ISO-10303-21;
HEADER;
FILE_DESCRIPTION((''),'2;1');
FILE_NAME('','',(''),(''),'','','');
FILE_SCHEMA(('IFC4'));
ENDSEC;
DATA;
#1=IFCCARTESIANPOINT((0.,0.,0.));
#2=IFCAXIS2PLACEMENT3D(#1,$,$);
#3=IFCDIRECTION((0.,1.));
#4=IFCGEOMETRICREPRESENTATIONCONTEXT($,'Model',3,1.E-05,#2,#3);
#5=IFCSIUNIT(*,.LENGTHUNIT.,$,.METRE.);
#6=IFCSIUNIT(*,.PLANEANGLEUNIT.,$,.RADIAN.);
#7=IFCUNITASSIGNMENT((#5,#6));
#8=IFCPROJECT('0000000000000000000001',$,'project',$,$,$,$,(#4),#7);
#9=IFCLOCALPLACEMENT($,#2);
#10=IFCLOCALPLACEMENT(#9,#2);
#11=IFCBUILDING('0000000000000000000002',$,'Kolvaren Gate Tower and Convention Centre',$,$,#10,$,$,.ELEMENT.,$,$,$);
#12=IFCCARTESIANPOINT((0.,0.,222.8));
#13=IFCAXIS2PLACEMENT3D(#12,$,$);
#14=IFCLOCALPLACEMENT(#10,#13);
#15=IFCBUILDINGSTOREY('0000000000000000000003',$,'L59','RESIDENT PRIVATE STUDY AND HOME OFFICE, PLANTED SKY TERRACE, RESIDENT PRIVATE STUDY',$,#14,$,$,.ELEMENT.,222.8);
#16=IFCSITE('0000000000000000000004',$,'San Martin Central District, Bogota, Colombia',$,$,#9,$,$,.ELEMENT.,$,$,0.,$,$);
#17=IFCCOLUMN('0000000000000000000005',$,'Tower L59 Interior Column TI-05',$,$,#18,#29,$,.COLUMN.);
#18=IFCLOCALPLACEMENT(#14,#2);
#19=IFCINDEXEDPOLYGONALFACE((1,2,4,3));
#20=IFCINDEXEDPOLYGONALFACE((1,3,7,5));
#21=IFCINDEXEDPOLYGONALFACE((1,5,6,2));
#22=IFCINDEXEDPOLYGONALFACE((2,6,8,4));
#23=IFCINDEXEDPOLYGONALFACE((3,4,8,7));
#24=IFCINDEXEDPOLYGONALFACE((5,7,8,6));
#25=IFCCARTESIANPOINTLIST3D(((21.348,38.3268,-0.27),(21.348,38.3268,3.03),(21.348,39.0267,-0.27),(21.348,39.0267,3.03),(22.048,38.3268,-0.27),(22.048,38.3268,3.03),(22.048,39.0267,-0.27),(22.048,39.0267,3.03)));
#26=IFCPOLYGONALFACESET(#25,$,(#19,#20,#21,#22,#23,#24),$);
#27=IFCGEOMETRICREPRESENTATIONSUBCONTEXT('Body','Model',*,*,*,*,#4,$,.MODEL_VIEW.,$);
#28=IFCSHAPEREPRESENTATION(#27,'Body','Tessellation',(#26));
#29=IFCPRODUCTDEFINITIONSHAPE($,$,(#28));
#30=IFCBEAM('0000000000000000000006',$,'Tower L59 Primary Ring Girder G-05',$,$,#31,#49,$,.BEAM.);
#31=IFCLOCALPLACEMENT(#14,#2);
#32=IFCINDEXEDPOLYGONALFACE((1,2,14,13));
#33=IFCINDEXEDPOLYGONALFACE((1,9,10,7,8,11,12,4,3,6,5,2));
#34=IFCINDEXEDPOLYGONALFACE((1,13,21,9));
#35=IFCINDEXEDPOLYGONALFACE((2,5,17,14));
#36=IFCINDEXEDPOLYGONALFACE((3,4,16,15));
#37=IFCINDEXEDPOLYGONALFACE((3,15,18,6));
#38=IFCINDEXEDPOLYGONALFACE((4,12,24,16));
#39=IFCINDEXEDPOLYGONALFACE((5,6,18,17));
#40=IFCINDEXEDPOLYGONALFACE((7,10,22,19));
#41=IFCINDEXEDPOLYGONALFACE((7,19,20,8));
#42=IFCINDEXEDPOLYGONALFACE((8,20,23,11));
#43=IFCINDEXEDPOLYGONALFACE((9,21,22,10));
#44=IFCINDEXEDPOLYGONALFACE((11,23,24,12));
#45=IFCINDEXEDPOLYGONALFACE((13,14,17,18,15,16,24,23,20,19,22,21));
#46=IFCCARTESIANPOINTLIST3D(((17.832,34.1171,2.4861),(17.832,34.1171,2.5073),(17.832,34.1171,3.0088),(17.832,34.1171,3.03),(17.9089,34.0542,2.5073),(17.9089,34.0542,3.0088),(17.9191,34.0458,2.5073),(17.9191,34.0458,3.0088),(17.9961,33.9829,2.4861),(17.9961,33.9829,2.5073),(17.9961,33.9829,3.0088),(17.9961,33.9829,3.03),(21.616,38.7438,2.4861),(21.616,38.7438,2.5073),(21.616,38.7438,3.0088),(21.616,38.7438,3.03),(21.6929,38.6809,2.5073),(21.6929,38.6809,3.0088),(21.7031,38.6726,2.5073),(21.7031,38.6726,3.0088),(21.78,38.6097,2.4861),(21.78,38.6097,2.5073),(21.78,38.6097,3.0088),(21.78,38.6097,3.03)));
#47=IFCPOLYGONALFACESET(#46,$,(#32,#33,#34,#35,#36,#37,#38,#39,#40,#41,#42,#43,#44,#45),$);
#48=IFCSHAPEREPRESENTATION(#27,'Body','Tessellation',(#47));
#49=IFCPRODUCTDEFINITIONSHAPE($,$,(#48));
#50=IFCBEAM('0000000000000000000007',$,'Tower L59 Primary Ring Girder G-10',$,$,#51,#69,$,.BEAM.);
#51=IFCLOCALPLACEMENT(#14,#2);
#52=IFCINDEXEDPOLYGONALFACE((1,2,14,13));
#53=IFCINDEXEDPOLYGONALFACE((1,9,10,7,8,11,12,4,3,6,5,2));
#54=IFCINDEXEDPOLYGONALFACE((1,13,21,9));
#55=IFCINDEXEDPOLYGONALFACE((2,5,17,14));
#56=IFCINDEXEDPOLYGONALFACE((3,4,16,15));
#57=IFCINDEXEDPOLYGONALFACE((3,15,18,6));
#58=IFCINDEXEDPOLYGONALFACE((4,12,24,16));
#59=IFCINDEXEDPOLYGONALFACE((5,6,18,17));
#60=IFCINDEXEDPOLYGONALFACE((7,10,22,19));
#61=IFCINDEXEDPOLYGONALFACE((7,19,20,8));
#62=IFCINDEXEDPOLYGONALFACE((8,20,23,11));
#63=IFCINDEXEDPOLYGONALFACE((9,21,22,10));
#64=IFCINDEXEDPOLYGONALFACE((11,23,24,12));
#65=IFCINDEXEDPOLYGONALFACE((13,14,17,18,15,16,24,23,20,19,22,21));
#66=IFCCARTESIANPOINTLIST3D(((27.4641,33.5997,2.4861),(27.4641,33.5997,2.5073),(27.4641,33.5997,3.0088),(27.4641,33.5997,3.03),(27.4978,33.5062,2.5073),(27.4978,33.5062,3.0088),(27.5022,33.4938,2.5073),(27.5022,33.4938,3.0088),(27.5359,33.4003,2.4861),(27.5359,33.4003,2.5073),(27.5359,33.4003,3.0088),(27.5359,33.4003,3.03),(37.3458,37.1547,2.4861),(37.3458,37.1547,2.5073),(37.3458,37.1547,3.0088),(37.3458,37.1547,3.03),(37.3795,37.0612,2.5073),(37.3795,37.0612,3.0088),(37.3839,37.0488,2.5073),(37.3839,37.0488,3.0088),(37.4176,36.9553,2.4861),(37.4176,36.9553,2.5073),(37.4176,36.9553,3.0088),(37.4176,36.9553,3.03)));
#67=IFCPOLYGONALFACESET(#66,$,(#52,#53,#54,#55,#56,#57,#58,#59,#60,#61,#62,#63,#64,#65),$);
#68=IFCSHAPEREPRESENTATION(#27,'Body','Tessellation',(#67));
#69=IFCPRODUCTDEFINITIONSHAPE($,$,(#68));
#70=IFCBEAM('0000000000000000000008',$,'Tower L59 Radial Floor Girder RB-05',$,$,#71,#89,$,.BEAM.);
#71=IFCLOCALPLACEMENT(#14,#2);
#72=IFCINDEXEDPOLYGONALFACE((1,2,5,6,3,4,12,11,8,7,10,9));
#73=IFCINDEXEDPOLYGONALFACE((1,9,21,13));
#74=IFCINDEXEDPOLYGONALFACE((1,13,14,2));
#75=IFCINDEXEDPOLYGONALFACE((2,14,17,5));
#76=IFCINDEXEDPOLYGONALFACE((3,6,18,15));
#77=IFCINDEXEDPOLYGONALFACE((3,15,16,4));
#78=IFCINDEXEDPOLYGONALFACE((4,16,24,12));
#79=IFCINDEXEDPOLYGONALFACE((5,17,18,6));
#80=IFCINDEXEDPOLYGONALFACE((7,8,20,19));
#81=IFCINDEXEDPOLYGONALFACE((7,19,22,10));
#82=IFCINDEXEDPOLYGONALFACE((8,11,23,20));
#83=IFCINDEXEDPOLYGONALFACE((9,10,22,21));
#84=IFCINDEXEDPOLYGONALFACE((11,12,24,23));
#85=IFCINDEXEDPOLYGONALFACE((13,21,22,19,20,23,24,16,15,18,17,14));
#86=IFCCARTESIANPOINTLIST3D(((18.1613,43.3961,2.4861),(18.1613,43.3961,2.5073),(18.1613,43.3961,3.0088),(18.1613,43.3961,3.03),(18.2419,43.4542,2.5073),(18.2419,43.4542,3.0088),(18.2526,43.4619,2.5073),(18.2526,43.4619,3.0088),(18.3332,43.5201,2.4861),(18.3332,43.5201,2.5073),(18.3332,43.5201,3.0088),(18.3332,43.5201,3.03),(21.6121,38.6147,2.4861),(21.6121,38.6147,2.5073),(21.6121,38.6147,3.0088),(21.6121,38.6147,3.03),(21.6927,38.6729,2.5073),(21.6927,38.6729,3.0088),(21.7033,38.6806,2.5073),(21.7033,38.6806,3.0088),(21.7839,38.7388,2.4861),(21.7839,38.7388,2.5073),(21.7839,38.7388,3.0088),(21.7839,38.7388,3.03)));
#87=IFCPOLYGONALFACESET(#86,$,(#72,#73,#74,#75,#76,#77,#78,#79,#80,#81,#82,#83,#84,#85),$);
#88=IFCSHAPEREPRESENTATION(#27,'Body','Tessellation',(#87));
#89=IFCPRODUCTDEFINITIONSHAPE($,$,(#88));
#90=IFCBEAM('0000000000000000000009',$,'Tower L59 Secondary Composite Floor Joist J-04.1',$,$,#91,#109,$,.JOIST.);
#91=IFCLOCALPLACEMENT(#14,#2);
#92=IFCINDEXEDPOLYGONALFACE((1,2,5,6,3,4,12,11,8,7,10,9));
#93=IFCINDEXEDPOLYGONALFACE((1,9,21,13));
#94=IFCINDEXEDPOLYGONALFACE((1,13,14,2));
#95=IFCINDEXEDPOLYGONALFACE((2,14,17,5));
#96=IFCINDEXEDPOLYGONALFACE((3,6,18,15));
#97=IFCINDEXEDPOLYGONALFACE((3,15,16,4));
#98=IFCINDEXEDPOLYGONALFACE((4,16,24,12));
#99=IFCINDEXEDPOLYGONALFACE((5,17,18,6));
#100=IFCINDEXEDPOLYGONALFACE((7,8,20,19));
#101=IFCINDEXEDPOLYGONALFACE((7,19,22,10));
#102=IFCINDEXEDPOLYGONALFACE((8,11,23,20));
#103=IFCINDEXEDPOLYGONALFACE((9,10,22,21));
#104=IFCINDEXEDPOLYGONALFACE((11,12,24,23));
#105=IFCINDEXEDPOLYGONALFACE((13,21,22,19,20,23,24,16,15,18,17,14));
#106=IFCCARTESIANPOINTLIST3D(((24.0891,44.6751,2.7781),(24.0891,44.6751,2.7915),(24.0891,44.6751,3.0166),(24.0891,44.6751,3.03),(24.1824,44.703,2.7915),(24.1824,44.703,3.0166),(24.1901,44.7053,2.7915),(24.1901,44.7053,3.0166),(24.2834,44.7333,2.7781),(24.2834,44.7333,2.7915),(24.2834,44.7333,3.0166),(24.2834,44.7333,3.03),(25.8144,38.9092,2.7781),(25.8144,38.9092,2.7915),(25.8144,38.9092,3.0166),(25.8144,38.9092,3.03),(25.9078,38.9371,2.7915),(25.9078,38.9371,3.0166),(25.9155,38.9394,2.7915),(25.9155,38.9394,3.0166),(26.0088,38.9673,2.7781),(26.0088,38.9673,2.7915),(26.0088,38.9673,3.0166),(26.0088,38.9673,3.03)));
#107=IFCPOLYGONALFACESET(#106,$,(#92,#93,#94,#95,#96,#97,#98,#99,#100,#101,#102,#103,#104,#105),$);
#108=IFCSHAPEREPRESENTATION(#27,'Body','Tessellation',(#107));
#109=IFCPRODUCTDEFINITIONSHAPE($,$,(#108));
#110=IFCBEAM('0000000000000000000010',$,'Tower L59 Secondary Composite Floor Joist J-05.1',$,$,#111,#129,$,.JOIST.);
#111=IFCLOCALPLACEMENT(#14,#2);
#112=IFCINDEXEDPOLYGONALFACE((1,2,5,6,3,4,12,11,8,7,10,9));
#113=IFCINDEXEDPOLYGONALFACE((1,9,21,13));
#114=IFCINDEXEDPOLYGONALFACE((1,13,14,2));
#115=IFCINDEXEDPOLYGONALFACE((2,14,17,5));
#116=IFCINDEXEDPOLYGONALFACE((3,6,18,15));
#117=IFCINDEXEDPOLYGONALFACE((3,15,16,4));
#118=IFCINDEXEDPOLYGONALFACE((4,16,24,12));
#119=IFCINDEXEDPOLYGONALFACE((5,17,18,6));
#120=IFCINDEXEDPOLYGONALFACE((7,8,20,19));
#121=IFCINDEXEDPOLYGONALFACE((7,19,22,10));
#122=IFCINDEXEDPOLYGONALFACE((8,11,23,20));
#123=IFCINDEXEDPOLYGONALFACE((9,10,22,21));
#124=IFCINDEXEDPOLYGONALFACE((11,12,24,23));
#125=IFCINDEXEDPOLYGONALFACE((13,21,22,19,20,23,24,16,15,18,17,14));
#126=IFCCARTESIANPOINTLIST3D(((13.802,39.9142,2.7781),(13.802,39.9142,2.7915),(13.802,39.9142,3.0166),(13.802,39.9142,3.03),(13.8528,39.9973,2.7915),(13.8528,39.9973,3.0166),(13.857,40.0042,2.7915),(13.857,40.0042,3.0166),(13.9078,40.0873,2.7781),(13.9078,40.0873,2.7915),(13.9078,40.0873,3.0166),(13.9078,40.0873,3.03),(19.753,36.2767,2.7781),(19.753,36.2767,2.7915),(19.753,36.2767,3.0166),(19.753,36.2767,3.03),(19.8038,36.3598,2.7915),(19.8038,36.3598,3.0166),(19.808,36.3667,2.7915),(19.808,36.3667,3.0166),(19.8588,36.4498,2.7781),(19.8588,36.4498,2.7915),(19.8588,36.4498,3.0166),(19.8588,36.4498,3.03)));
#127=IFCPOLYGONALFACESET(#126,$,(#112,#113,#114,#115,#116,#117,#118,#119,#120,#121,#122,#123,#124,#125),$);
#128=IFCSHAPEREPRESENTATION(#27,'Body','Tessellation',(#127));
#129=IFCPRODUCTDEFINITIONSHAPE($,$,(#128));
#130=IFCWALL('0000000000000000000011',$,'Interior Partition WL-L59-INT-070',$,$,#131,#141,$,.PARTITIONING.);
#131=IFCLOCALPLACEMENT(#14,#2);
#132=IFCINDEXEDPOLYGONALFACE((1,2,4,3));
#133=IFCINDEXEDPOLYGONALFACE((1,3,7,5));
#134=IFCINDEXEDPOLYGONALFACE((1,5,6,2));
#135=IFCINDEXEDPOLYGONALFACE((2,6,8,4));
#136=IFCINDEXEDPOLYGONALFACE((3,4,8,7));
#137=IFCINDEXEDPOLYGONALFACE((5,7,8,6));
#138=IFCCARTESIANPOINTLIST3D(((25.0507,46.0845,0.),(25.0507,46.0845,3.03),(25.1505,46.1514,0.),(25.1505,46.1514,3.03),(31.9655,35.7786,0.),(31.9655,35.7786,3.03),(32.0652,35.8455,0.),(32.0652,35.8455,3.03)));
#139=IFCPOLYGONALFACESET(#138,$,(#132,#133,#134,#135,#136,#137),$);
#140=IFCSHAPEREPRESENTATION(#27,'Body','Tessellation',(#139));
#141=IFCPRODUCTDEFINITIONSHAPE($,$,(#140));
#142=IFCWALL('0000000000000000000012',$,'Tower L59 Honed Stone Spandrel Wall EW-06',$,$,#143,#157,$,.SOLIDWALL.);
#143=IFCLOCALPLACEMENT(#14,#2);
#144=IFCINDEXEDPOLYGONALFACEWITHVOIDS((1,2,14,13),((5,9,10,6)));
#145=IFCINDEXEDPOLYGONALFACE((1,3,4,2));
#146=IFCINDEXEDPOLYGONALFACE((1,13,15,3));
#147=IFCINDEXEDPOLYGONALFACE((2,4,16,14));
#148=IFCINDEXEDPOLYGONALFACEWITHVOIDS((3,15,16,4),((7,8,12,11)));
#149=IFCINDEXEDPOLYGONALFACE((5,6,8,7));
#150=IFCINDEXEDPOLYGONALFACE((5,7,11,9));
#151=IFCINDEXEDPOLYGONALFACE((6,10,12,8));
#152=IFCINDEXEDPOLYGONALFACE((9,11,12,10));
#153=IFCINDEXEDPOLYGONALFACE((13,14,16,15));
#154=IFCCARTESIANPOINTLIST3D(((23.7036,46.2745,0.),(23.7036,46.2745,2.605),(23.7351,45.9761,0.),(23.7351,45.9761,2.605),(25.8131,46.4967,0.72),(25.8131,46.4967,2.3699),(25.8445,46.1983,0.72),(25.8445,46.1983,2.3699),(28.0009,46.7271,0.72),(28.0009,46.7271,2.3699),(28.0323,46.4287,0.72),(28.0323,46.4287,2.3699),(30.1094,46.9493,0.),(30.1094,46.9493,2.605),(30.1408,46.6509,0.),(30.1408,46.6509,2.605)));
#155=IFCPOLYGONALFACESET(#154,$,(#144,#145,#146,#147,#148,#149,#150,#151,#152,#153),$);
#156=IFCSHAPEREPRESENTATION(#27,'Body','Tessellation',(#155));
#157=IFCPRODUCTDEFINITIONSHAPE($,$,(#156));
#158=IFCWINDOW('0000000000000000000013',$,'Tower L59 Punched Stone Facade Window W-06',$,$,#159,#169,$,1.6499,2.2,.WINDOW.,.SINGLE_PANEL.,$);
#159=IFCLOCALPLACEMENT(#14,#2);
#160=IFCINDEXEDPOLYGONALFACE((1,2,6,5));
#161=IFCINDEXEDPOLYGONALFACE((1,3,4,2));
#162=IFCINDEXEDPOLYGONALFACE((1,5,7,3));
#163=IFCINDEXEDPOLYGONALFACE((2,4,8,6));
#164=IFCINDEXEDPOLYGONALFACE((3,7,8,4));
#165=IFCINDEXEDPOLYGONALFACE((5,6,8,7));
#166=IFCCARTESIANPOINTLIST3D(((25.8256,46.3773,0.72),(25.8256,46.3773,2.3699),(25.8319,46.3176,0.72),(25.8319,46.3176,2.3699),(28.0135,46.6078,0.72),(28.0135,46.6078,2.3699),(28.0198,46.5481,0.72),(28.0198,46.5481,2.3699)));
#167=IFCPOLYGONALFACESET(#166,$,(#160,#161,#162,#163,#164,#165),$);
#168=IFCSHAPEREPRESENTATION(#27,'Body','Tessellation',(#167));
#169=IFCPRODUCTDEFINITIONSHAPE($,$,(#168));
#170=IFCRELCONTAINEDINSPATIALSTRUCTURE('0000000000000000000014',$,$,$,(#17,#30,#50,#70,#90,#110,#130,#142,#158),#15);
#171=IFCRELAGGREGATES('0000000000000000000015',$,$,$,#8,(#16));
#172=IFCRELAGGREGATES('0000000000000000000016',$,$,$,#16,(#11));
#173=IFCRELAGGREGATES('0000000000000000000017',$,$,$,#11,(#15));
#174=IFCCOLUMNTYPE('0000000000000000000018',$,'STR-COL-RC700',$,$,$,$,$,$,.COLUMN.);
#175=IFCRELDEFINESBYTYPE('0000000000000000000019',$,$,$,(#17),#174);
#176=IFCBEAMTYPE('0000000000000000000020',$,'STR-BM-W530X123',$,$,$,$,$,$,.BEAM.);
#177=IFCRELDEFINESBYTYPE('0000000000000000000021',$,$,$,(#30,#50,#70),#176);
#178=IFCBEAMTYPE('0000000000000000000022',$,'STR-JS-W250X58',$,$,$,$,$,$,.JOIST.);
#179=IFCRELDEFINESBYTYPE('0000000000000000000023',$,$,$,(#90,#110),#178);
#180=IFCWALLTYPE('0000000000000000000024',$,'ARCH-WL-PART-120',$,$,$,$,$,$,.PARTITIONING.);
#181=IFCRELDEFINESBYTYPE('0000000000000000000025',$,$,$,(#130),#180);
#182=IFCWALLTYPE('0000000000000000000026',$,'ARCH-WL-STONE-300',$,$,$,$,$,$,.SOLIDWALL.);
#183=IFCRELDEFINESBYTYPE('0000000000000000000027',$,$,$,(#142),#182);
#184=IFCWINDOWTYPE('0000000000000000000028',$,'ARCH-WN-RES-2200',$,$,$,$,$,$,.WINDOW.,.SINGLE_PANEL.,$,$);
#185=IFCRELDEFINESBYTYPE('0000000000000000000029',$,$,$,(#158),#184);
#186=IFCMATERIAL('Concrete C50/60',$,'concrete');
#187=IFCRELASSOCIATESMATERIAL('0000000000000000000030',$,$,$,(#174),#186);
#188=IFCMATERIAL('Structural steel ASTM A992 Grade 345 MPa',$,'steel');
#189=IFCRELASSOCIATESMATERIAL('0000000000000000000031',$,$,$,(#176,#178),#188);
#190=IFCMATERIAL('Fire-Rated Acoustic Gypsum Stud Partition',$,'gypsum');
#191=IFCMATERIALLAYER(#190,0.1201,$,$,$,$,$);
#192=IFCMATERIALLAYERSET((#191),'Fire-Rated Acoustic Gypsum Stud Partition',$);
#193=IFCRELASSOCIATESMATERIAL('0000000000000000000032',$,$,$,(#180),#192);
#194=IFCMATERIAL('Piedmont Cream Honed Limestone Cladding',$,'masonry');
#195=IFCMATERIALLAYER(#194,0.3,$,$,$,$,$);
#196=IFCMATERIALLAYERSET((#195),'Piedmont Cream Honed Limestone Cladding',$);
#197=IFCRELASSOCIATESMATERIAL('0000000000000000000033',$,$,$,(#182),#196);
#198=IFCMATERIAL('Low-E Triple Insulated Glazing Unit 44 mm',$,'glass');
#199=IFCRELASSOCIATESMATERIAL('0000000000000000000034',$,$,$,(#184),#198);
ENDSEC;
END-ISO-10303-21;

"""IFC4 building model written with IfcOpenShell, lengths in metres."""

from ifc_helpers import new_model, si_unit, direction, frame, frame_2d, origin, origin_2d, place, context, subcontext, project, spatial, rectangle, i_section, extrude, material, layer, layer_set, material_profile, profile_set, type_object, element, fill, save


model = new_model("IFC4")

# Units and contexts
model_context = context("Model", 3, precision=1e-05, world=origin(), true_north=direction((0.0, 1.0)))
body_context = subcontext(model_context, "Body", "Model", "MODEL_VIEW")
ifc_project = project(units=[si_unit("LENGTHUNIT", "METRE"), si_unit("PLANEANGLEUNIT", "RADIAN")], contexts=[model_context])

# Site, building, storey
site_placement = place(None, origin())
site = spatial("IfcSite", under=ifc_project, at=site_placement, Name="San Martin Central District, Bogota, Colombia", CompositionType="ELEMENT", RefElevation=0.0)
building_placement = place(site_placement, origin())
building = spatial("IfcBuilding", under=site, at=building_placement, Name="Kolvaren Gate Tower and Convention Centre", CompositionType="ELEMENT")
storey_placement = place(building_placement, frame((0.0, 0.0, 222.8)))
storey = spatial("IfcBuildingStorey", under=building, at=storey_placement, Name="L59", Description="RESIDENT PRIVATE STUDY AND HOME OFFICE, PLANTED SKY TERRACE, RESIDENT PRIVATE STUDY", CompositionType="ELEMENT", Elevation=222.8)

# Column
ifc_material_1 = material(Name="Concrete C50/60", Category="concrete")
ifc_material_profile_1 = material_profile(ifc_material_1, rectangle(XDim=0.7, YDim=0.7, at=origin_2d()), Name="RC-COL-700X700")
ifc_profile_set_1 = profile_set([ifc_material_profile_1], Name="Concrete C50/60")
column_type = type_object("IfcColumnType", Name="STR-COL-RC700", PredefinedType="COLUMN", material=ifc_profile_set_1)
column_placement = place(storey_placement, frame((21.698, 38.6768, -0.27), z_axis=(0.0, 0.0, 1.0), x_axis=(1.0, 0.0, 0.0)))
element("IfcColumn", 1, at=column_placement, inside=storey, type_object=column_type, Name="Tower L59 Interior Column TI-05", PredefinedType="COLUMN", context=body_context, shape_type="SweptSolid", body=[
    extrude(rectangle(XDim=0.7, YDim=0.7, at=origin_2d()), origin(), (0.0, 0.0, 1.0), 3.3),
])

# Beams
ifc_material_2 = material(Name="Structural steel ASTM A992 Grade 345 MPa", Category="steel")
ifc_material_profile_2 = material_profile(ifc_material_2, i_section(OverallWidth=0.2119, OverallDepth=0.5439, WebThickness=0.0132, FlangeThickness=0.0212, at=origin_2d()), Name="W530X123")
ifc_profile_set_2 = profile_set([ifc_material_profile_2], Name="Structural steel ASTM A992 Grade 345 MPa")
beam_type_1 = type_object("IfcBeamType", Name="STR-BM-W530X123", PredefinedType="BEAM", material=ifc_profile_set_2)
beam_1_placement = place(storey_placement, frame((21.698, 38.6768, 2.7581), z_axis=(-0.633082, -0.774085, 0.0), x_axis=(0.774085, -0.633082, 0.0)))
element("IfcBeam", 2, at=beam_1_placement, inside=storey, type_object=beam_type_1, Name="Tower L59 Primary Ring Girder G-05", PredefinedType="BEAM", context=body_context, shape_type="SweptSolid", body=[
    extrude(i_section(OverallWidth=0.2119, OverallDepth=0.5439, WebThickness=0.0132, FlangeThickness=0.0212, at=origin_2d()), origin(), (0.0, 0.0, 1.0), 5.9771),
])
beam_2_placement = place(storey_placement, frame((27.5, 33.5, 2.7581), z_axis=(0.940961, 0.338514, 0.0), x_axis=(-0.338514, 0.940961, 0.0)))
element("IfcBeam", 3, at=beam_2_placement, inside=storey, type_object=beam_type_1, Name="Tower L59 Primary Ring Girder G-10", PredefinedType="BEAM", context=body_context, shape_type="SweptSolid", body=[
    extrude(i_section(OverallWidth=0.2119, OverallDepth=0.5439, WebThickness=0.0132, FlangeThickness=0.0212, at=origin_2d()), origin(), (0.0, 0.0, 1.0), 10.5017),
])
beam_3_placement = place(storey_placement, frame((21.698, 38.6768, 2.7581), z_axis=(-0.585218, 0.810876, 0.0), x_axis=(-0.810876, -0.585218, 0.0)))
element("IfcBeam", 4, at=beam_3_placement, inside=storey, type_object=beam_type_1, Name="Tower L59 Radial Floor Girder RB-05", PredefinedType="BEAM", context=body_context, shape_type="SweptSolid", body=[
    extrude(i_section(OverallWidth=0.2119, OverallDepth=0.5439, WebThickness=0.0132, FlangeThickness=0.0212, at=origin_2d()), origin(), (0.0, 0.0, 1.0), 5.8965),
])
ifc_material_profile_3 = material_profile(ifc_material_2, i_section(OverallWidth=0.2029, OverallDepth=0.252, WebThickness=0.0081, FlangeThickness=0.0134, at=origin_2d()), Name="W250X58")
ifc_profile_set_3 = profile_set([ifc_material_profile_3], Name="Structural steel ASTM A992 Grade 345 MPa")
beam_type_2 = type_object("IfcBeamType", Name="STR-JS-W250X58", PredefinedType="JOIST", material=ifc_profile_set_3)
beam_4_placement = place(storey_placement, frame((25.9116, 38.9382, 2.9041), z_axis=(-0.286674, 0.958028, 0.0), x_axis=(-0.958028, -0.286674, 0.0)))
element("IfcBeam", 5, at=beam_4_placement, inside=storey, type_object=beam_type_2, Name="Tower L59 Secondary Composite Floor Joist J-04.1", PredefinedType="JOIST", context=body_context, shape_type="SweptSolid", body=[
    extrude(i_section(OverallWidth=0.2029, OverallDepth=0.252, WebThickness=0.0081, FlangeThickness=0.0134, at=origin_2d()), origin(), (0.0, 0.0, 1.0), 6.0186),
])
beam_5_placement = place(storey_placement, frame((19.8059, 36.3633, 2.9041), z_axis=(-0.853233, 0.521531, 0.0), x_axis=(-0.521531, -0.853233, 0.0)))
element("IfcBeam", 6, at=beam_5_placement, inside=storey, type_object=beam_type_2, Name="Tower L59 Secondary Composite Floor Joist J-05.1", PredefinedType="JOIST", context=body_context, shape_type="SweptSolid", body=[
    extrude(i_section(OverallWidth=0.2029, OverallDepth=0.252, WebThickness=0.0081, FlangeThickness=0.0134, at=origin_2d()), origin(), (0.0, 0.0, 1.0), 6.9746),
])

# Wall
ifc_material_3 = material(Name="Fire-Rated Acoustic Gypsum Stud Partition", Category="gypsum")
ifc_layer_1 = layer(ifc_material_3, 0.1201)
ifc_layer_set_1 = layer_set([ifc_layer_1], Name="Fire-Rated Acoustic Gypsum Stud Partition")
wall_type_1 = type_object("IfcWallType", Name="ARCH-WL-PART-120", PredefinedType="PARTITIONING", material=ifc_layer_set_1)
wall_1_placement = place(storey_placement, frame((25.1006, 46.1179, 0.0), z_axis=(0.0, 0.0, 1.0), x_axis=(0.557163, -0.830403, 0.0)))
element("IfcWall", 7, at=wall_1_placement, inside=storey, type_object=wall_type_1, Name="Interior Partition WL-L59-INT-070", PredefinedType="PARTITIONING", context=body_context, shape_type="SweptSolid", body=[
    extrude(rectangle(XDim=12.4106, YDim=0.1201, at=frame_2d((6.2053, 0.0))), origin(), (0.0, 0.0, 1.0), 3.03),
])

# Wall, opening, window
ifc_material_4 = material(Name="Piedmont Cream Honed Limestone Cladding", Category="masonry")
ifc_layer_2 = layer(ifc_material_4, 0.3)
ifc_layer_set_2 = layer_set([ifc_layer_2], Name="Piedmont Cream Honed Limestone Cladding")
wall_type_2 = type_object("IfcWallType", Name="ARCH-WL-STONE-300", PredefinedType="SOLIDWALL", material=ifc_layer_set_2)
wall_2_placement = place(storey_placement, frame((23.7192, 46.1252, 0.0), z_axis=(0.0, 0.0, 1.0), x_axis=(0.994497, 0.104764, 0.0)))
wall_2 = element("IfcWall", 8, at=wall_2_placement, inside=storey, type_object=wall_type_2, Name="Tower L59 Honed Stone Spandrel Wall EW-06", PredefinedType="SOLIDWALL", context=body_context, shape_type="SweptSolid", body=[
    extrude(rectangle(XDim=6.4412, YDim=0.3, at=frame_2d((3.2207, 0.0))), origin(), (0.0, 0.0, 1.0), 2.605),
])
opening_1_placement = place(wall_2_placement, frame((2.1211, 0.0, 0.72)))
opening_1 = element("IfcOpeningElement", 9, at=opening_1_placement, cuts=wall_2, PredefinedType="OPENING", context=body_context, shape_type="SweptSolid", body=[
    extrude(rectangle(XDim=2.2, YDim=1.6499, at=frame_2d((1.1001, 0.825))), frame((0.0, 0.1599, 0.0), z_axis=(0.0, -1.0, 0.0), x_axis=(1.0, 0.0, 0.0)), (0.0, 0.0, 1.0), 0.3201),
])
ifc_material_5 = material(Name="Low-E Triple Insulated Glazing Unit 44 mm", Category="glass")
window_type = type_object("IfcWindowType", Name="ARCH-WN-RES-2200", PartitioningType="SINGLE_PANEL", PredefinedType="WINDOW", material=ifc_material_5)
window_placement = place(opening_1_placement, origin())
window = element("IfcWindow", 10, at=window_placement, inside=storey, type_object=window_type, Name="Tower L59 Punched Stone Facade Window W-06", OverallHeight=1.6499, OverallWidth=2.2, PartitioningType="SINGLE_PANEL", PredefinedType="WINDOW", context=body_context, shape_type="SweptSolid", body=[
    extrude(rectangle(XDim=2.2, YDim=1.6499, at=frame_2d((1.1001, 0.825))), frame((0.0, 0.03, 0.0), z_axis=(0.0, -1.0, 0.0), x_axis=(1.0, 0.0, 0.0)), (0.0, 0.0, 1.0), 0.0601),
])
fill(opening_1, window)

save(model, "model.ifc")
